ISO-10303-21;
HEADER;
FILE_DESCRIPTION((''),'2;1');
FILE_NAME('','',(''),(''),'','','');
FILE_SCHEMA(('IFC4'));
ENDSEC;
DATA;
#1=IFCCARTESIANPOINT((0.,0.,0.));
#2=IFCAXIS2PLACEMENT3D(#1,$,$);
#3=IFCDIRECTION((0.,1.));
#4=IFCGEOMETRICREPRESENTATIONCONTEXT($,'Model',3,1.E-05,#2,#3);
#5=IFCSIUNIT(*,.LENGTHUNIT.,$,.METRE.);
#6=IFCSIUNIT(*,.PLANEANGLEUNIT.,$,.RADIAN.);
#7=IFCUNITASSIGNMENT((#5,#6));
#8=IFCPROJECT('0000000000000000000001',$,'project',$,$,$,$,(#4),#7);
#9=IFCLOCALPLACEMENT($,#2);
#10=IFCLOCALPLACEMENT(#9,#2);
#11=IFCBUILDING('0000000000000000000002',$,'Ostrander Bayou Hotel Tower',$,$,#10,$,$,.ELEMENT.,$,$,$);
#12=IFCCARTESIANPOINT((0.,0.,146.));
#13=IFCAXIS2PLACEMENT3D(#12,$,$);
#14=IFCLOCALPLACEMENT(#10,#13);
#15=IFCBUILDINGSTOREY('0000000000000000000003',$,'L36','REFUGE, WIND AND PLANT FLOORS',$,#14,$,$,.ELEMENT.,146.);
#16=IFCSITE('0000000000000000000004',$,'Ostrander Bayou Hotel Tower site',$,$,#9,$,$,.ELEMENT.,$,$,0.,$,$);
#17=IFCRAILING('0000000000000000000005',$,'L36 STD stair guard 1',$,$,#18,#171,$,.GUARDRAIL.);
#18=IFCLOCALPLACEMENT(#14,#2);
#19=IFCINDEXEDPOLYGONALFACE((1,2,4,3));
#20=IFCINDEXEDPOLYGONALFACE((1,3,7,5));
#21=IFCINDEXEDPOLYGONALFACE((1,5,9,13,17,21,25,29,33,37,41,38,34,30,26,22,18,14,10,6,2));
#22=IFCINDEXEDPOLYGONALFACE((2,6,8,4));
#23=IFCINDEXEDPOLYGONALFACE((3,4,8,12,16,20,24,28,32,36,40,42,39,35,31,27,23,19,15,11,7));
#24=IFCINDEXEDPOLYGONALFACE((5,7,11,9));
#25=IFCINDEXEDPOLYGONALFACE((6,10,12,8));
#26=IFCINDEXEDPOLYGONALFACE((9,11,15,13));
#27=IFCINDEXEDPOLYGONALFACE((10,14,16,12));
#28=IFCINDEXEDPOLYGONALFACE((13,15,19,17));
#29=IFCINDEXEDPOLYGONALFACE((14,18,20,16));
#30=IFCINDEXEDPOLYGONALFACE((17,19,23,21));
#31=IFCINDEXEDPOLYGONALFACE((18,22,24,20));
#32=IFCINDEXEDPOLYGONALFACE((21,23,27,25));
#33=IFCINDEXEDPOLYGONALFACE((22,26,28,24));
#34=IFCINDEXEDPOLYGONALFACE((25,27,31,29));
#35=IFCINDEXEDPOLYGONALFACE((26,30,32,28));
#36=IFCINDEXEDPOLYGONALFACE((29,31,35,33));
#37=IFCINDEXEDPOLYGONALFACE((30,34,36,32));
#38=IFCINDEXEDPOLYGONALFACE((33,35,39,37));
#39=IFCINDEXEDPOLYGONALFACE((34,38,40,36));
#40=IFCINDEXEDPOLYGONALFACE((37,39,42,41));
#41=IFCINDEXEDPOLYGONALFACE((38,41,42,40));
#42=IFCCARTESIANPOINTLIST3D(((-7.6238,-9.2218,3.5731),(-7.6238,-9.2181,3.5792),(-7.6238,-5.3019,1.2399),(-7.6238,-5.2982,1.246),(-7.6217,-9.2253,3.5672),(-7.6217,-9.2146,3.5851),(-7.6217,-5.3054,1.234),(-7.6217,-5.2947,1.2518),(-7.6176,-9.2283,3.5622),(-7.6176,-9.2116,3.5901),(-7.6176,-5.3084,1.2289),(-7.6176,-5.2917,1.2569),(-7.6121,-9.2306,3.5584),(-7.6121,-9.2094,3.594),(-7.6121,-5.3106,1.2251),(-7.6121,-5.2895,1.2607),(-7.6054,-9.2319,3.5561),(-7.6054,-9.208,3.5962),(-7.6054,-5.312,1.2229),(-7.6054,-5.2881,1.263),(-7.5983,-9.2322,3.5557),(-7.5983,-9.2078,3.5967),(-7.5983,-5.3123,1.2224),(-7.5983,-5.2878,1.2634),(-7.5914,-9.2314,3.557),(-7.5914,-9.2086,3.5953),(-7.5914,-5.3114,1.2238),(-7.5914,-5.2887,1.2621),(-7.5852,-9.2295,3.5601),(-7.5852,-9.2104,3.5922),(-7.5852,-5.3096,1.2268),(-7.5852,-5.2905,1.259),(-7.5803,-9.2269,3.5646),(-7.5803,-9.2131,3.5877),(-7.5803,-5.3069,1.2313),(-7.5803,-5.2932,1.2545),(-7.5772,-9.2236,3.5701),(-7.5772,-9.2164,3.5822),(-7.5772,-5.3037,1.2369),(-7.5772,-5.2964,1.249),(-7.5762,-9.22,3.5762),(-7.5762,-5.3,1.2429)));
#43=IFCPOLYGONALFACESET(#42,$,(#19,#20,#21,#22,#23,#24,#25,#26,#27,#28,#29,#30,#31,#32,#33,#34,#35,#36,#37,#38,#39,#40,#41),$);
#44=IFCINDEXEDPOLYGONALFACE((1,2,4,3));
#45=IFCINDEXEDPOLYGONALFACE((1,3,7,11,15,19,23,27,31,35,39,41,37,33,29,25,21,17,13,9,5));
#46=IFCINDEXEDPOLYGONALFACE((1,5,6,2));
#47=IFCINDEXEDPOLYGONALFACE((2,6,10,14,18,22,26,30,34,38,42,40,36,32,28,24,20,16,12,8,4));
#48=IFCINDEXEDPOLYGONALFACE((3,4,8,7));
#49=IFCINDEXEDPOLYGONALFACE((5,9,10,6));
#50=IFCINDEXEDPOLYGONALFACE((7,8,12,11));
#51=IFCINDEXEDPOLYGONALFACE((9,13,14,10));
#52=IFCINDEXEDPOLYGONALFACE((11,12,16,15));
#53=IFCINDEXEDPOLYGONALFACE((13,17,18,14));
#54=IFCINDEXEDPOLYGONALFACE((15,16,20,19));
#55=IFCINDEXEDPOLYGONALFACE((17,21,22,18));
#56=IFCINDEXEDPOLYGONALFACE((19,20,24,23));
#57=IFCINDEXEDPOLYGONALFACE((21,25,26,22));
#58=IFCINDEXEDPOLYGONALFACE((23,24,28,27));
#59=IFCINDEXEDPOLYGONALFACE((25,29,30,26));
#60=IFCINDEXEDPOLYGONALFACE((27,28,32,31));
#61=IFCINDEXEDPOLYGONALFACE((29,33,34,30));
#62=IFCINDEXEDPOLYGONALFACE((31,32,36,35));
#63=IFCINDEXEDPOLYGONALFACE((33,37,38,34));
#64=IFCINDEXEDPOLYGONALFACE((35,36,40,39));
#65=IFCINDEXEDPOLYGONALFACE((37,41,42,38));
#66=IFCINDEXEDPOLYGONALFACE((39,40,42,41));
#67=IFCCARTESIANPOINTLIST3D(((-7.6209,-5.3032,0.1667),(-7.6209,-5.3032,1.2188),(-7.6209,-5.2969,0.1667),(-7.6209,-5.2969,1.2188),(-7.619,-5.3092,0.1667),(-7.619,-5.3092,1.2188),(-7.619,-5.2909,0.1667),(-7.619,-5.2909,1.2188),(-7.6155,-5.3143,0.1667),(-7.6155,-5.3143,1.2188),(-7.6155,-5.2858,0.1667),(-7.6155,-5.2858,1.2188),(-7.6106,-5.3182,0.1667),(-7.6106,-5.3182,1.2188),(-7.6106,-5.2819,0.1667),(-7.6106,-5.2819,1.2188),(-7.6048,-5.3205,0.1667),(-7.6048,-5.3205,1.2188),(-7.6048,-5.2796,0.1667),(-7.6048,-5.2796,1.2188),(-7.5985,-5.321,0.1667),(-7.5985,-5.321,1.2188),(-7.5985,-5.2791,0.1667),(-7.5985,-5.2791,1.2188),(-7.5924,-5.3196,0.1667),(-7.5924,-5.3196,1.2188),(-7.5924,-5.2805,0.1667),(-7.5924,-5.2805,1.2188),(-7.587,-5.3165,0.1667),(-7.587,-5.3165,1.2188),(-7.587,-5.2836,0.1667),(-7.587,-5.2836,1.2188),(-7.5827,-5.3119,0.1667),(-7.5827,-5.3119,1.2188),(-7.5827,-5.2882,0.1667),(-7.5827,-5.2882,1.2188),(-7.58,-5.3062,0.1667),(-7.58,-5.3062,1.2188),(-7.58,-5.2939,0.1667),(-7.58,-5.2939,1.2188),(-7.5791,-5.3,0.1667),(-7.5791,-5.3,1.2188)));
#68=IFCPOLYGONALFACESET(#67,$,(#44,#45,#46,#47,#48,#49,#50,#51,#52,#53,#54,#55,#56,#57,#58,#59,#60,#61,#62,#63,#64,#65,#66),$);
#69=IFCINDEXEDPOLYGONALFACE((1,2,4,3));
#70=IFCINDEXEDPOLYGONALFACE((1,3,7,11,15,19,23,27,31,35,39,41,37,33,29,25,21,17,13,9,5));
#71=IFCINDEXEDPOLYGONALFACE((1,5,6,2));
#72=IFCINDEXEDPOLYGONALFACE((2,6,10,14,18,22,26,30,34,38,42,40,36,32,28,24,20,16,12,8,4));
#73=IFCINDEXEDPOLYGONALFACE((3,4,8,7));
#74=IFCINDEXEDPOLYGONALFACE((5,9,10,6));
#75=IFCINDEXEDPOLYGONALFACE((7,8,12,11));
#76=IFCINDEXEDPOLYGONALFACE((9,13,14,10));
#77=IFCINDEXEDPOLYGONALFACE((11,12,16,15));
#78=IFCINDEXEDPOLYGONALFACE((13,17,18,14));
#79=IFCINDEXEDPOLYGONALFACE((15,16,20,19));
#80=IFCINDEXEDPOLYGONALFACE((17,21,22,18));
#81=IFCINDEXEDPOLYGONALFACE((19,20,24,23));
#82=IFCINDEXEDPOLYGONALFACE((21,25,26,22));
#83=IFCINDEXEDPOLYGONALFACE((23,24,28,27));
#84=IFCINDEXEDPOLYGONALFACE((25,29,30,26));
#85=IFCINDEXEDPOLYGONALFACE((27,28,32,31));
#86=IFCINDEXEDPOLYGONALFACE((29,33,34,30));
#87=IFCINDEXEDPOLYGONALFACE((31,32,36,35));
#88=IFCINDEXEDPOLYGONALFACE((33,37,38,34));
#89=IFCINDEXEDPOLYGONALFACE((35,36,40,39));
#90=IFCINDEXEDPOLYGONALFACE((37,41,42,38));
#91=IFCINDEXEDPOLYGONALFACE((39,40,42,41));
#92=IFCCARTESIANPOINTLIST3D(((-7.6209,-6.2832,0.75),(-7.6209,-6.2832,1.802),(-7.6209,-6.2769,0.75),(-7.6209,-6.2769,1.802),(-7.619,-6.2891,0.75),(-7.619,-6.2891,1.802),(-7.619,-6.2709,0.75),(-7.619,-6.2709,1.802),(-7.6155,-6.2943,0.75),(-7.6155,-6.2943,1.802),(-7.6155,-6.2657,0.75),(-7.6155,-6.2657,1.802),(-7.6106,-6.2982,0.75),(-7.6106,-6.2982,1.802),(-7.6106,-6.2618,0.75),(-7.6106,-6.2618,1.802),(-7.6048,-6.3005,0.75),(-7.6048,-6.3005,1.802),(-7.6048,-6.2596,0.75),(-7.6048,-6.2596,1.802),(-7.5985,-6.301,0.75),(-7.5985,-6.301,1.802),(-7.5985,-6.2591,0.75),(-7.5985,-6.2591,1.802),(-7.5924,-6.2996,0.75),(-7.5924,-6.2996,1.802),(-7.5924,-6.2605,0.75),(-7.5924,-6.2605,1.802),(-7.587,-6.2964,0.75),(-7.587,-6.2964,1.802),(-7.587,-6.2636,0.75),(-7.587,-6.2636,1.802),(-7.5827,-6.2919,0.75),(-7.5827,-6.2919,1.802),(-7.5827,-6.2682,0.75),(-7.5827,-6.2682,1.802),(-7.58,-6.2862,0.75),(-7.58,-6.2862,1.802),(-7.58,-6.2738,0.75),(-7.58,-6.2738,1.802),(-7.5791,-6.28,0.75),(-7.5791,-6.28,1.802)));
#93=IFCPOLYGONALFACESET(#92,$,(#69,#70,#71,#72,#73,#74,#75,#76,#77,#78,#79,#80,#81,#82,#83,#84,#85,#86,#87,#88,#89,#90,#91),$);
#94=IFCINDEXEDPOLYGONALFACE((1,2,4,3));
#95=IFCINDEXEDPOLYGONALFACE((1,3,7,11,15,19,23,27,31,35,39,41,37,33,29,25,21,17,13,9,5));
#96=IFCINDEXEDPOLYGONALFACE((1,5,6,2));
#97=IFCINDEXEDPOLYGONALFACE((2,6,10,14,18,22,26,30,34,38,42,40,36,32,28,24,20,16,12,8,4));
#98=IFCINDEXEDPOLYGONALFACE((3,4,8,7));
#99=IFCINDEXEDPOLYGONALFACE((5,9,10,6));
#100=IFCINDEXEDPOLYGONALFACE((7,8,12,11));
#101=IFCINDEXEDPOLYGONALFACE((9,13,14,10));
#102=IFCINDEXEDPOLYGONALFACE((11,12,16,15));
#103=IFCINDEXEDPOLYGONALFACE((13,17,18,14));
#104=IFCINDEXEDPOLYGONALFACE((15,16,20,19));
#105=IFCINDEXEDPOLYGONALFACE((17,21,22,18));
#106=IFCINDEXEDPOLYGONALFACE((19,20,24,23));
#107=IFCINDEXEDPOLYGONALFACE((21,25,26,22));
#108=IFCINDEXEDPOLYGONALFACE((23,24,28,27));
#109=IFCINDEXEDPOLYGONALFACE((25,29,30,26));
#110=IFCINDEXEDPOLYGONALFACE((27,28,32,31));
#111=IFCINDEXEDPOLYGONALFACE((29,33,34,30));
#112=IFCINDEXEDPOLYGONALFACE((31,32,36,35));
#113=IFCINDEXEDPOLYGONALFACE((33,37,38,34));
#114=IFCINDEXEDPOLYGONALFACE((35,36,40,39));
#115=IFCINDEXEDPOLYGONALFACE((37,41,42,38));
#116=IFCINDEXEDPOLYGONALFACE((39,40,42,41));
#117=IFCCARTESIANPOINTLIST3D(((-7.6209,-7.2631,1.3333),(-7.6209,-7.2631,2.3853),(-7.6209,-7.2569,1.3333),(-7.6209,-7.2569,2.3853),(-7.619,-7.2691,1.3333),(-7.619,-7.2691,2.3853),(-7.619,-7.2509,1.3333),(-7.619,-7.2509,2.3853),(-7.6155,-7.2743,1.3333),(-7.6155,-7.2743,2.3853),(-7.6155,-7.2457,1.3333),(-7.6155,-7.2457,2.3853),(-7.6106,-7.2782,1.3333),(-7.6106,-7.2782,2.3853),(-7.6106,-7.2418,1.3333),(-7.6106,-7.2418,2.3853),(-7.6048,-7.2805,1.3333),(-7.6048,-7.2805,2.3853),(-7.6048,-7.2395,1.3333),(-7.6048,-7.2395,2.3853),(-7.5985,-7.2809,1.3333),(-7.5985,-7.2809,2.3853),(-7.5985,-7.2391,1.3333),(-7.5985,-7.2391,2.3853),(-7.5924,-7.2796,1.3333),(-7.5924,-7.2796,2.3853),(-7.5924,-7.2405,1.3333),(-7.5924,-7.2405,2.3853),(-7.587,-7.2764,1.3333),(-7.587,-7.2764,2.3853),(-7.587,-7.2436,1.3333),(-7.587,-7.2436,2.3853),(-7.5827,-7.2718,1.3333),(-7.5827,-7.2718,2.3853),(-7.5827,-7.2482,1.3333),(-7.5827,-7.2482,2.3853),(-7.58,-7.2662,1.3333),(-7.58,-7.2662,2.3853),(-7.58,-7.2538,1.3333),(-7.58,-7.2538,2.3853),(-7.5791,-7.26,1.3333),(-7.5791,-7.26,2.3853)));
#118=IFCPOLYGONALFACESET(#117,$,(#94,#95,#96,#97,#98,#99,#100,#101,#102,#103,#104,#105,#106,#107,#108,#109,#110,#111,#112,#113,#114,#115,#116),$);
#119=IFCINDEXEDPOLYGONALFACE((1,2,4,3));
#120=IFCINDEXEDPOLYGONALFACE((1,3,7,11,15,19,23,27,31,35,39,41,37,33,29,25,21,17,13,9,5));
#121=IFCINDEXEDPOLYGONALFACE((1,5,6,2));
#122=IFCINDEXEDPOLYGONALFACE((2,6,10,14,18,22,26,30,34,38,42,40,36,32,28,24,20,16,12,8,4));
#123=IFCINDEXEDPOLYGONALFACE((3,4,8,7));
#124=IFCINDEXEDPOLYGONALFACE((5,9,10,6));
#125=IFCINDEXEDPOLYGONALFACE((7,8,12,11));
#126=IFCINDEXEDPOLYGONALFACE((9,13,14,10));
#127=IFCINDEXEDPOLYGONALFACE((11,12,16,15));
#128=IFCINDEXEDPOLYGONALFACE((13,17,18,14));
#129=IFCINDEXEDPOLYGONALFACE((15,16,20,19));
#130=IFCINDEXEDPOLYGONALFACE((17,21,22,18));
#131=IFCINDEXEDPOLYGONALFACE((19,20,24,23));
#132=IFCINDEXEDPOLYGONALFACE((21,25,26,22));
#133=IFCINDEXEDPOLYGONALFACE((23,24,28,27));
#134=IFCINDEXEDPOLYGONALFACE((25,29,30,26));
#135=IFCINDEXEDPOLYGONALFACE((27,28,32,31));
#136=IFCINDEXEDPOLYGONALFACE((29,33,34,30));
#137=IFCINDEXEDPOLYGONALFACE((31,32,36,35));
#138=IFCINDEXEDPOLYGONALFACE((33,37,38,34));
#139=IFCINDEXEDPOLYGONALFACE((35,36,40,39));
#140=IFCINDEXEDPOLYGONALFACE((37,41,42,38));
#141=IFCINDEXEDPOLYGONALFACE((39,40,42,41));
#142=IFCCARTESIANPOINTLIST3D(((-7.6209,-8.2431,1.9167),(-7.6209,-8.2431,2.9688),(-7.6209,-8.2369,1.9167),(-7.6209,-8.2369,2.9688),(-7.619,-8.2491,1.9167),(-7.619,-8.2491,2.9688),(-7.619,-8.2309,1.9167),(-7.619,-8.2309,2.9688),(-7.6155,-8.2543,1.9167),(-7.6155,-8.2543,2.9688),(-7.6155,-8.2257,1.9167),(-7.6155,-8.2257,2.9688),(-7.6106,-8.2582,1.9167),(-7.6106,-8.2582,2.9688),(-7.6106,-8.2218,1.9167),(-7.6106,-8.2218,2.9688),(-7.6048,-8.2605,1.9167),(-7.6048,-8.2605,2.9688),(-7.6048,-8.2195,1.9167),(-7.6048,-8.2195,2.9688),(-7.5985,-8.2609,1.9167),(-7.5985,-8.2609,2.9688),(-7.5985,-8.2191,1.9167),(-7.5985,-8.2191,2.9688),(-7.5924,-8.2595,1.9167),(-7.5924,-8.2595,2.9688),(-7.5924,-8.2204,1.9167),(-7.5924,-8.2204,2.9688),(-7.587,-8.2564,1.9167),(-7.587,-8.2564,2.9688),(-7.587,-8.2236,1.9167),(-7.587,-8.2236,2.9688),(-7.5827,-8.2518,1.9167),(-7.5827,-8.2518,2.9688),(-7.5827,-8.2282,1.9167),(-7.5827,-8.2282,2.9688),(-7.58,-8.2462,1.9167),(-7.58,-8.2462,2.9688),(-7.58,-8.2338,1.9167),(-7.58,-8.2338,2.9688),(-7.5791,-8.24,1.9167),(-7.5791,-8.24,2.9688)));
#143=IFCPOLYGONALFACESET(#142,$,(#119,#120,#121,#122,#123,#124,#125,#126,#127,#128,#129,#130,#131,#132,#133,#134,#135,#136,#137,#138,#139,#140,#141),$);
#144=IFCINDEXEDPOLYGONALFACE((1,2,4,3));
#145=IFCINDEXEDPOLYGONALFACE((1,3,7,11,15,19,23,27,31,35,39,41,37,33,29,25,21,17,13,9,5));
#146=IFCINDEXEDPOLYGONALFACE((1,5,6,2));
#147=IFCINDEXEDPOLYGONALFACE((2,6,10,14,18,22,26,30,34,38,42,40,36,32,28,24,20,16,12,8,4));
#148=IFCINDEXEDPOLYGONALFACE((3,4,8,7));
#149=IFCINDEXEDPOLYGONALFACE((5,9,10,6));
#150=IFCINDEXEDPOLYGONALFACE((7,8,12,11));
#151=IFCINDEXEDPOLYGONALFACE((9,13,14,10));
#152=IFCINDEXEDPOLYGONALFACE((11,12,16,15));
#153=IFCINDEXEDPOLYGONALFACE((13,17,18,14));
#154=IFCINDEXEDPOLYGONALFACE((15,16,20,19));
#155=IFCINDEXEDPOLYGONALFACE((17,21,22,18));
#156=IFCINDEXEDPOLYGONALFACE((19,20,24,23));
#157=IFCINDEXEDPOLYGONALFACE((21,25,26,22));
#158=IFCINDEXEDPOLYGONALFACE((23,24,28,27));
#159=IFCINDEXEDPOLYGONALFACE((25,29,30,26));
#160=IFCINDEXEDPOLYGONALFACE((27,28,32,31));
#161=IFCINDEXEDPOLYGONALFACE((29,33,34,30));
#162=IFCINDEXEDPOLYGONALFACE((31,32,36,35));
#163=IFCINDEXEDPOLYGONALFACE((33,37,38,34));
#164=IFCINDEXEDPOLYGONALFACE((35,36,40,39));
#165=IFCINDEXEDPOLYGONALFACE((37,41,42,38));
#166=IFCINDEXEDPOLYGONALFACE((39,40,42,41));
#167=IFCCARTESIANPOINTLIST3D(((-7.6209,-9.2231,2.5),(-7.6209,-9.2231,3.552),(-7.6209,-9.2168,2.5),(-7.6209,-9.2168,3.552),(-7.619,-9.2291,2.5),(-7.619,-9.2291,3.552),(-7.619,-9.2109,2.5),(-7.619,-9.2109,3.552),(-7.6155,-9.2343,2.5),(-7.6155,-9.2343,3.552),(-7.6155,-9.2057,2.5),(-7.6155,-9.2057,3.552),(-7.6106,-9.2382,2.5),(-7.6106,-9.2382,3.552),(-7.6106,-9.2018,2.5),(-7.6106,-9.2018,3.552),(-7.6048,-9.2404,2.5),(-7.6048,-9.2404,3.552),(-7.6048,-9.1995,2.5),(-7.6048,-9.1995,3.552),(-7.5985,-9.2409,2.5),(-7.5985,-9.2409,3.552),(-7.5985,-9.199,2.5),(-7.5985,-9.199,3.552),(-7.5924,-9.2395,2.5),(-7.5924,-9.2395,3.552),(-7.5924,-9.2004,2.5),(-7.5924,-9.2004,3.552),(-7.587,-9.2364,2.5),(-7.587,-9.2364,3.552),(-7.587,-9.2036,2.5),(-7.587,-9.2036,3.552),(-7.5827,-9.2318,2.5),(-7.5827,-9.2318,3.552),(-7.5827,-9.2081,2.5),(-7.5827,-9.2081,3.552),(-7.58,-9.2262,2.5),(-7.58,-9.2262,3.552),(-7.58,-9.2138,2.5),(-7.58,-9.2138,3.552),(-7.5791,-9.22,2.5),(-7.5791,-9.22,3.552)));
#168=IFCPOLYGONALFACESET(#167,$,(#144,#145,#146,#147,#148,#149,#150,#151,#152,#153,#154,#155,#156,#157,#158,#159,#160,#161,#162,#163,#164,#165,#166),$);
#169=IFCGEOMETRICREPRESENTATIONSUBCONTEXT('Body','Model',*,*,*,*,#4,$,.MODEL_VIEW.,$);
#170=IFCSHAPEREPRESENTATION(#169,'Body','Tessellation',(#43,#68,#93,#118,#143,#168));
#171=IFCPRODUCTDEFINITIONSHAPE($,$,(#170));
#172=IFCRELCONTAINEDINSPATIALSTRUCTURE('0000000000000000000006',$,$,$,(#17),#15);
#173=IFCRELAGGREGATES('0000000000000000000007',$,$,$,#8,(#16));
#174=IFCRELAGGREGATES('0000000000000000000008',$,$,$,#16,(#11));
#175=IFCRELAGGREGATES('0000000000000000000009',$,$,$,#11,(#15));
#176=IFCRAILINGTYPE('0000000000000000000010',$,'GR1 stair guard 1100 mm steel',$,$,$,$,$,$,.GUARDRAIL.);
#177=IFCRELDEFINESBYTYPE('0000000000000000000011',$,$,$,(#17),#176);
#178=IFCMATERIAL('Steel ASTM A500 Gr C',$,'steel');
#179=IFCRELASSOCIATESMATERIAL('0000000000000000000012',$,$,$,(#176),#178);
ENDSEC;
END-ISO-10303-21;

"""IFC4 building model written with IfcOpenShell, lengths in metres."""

from ifc_helpers import new_model, si_unit, direction, frame, origin, origin_2d, place, context, subcontext, project, spatial, circle, extrude, material, type_object, element, save


model = new_model("IFC4")

# Units and contexts
model_context = context("Model", 3, precision=1e-05, world=origin(), true_north=direction((0.0, 1.0)))
body_context = subcontext(model_context, "Body", "Model", "MODEL_VIEW")
ifc_project = project(units=[si_unit("LENGTHUNIT", "METRE"), si_unit("PLANEANGLEUNIT", "RADIAN")], contexts=[model_context])

# Site, building, storey
site_placement = place(None, origin())
site = spatial("IfcSite", under=ifc_project, at=site_placement, Name="Ostrander Bayou Hotel Tower site", CompositionType="ELEMENT", RefElevation=0.0)
building_placement = place(site_placement, origin())
building = spatial("IfcBuilding", under=site, at=building_placement, Name="Ostrander Bayou Hotel Tower", CompositionType="ELEMENT")
storey_placement = place(building_placement, frame((0.0, 0.0, 146.0)))
storey = spatial("IfcBuildingStorey", under=building, at=storey_placement, Name="L36", Description="REFUGE, WIND AND PLANT FLOORS", CompositionType="ELEMENT", Elevation=146.0)

# Railing
ifc_material_1 = material(Name="Steel ASTM A500 Gr C", Category="steel")
railing_type_1 = type_object("IfcRailingType", Name="GR1 stair guard 1100 mm steel", PredefinedType="GUARDRAIL", material=ifc_material_1)
railing_1_placement = place(storey_placement, frame((-7.6001, -5.3, 0.1667)))
element("IfcRailing", 1, at=railing_1_placement, inside=storey, type_object=railing_type_1, Name="L36 STD stair guard 1", PredefinedType="GUARDRAIL", context=body_context, shape_type="SweptSolid", body=[
    extrude(circle(Radius=0.0239, at=origin_2d()), frame((0.0, 0.0, 1.0762), z_axis=(0.0, -0.859296, 0.511478), x_axis=(1.0, 0.0, 0.0)), (0.0, 0.0, 1.0), 4.5618),
    extrude(circle(Radius=0.021, at=origin_2d()), origin(), (0.0, 0.0, 1.0), 1.052),
    extrude(circle(Radius=0.021, at=origin_2d()), frame((0.0, -0.98, 0.5833)), (0.0, 0.0, 1.0), 1.052),
    extrude(circle(Radius=0.021, at=origin_2d()), frame((0.0, -1.96, 1.1665)), (0.0, 0.0, 1.0), 1.052),
    extrude(circle(Radius=0.021, at=origin_2d()), frame((0.0, -2.9399, 1.75)), (0.0, 0.0, 1.0), 1.052),
    extrude(circle(Radius=0.021, at=origin_2d()), frame((0.0, -3.9199, 2.3333)), (0.0, 0.0, 1.0), 1.052),
])

save(model, "model.ifc")
